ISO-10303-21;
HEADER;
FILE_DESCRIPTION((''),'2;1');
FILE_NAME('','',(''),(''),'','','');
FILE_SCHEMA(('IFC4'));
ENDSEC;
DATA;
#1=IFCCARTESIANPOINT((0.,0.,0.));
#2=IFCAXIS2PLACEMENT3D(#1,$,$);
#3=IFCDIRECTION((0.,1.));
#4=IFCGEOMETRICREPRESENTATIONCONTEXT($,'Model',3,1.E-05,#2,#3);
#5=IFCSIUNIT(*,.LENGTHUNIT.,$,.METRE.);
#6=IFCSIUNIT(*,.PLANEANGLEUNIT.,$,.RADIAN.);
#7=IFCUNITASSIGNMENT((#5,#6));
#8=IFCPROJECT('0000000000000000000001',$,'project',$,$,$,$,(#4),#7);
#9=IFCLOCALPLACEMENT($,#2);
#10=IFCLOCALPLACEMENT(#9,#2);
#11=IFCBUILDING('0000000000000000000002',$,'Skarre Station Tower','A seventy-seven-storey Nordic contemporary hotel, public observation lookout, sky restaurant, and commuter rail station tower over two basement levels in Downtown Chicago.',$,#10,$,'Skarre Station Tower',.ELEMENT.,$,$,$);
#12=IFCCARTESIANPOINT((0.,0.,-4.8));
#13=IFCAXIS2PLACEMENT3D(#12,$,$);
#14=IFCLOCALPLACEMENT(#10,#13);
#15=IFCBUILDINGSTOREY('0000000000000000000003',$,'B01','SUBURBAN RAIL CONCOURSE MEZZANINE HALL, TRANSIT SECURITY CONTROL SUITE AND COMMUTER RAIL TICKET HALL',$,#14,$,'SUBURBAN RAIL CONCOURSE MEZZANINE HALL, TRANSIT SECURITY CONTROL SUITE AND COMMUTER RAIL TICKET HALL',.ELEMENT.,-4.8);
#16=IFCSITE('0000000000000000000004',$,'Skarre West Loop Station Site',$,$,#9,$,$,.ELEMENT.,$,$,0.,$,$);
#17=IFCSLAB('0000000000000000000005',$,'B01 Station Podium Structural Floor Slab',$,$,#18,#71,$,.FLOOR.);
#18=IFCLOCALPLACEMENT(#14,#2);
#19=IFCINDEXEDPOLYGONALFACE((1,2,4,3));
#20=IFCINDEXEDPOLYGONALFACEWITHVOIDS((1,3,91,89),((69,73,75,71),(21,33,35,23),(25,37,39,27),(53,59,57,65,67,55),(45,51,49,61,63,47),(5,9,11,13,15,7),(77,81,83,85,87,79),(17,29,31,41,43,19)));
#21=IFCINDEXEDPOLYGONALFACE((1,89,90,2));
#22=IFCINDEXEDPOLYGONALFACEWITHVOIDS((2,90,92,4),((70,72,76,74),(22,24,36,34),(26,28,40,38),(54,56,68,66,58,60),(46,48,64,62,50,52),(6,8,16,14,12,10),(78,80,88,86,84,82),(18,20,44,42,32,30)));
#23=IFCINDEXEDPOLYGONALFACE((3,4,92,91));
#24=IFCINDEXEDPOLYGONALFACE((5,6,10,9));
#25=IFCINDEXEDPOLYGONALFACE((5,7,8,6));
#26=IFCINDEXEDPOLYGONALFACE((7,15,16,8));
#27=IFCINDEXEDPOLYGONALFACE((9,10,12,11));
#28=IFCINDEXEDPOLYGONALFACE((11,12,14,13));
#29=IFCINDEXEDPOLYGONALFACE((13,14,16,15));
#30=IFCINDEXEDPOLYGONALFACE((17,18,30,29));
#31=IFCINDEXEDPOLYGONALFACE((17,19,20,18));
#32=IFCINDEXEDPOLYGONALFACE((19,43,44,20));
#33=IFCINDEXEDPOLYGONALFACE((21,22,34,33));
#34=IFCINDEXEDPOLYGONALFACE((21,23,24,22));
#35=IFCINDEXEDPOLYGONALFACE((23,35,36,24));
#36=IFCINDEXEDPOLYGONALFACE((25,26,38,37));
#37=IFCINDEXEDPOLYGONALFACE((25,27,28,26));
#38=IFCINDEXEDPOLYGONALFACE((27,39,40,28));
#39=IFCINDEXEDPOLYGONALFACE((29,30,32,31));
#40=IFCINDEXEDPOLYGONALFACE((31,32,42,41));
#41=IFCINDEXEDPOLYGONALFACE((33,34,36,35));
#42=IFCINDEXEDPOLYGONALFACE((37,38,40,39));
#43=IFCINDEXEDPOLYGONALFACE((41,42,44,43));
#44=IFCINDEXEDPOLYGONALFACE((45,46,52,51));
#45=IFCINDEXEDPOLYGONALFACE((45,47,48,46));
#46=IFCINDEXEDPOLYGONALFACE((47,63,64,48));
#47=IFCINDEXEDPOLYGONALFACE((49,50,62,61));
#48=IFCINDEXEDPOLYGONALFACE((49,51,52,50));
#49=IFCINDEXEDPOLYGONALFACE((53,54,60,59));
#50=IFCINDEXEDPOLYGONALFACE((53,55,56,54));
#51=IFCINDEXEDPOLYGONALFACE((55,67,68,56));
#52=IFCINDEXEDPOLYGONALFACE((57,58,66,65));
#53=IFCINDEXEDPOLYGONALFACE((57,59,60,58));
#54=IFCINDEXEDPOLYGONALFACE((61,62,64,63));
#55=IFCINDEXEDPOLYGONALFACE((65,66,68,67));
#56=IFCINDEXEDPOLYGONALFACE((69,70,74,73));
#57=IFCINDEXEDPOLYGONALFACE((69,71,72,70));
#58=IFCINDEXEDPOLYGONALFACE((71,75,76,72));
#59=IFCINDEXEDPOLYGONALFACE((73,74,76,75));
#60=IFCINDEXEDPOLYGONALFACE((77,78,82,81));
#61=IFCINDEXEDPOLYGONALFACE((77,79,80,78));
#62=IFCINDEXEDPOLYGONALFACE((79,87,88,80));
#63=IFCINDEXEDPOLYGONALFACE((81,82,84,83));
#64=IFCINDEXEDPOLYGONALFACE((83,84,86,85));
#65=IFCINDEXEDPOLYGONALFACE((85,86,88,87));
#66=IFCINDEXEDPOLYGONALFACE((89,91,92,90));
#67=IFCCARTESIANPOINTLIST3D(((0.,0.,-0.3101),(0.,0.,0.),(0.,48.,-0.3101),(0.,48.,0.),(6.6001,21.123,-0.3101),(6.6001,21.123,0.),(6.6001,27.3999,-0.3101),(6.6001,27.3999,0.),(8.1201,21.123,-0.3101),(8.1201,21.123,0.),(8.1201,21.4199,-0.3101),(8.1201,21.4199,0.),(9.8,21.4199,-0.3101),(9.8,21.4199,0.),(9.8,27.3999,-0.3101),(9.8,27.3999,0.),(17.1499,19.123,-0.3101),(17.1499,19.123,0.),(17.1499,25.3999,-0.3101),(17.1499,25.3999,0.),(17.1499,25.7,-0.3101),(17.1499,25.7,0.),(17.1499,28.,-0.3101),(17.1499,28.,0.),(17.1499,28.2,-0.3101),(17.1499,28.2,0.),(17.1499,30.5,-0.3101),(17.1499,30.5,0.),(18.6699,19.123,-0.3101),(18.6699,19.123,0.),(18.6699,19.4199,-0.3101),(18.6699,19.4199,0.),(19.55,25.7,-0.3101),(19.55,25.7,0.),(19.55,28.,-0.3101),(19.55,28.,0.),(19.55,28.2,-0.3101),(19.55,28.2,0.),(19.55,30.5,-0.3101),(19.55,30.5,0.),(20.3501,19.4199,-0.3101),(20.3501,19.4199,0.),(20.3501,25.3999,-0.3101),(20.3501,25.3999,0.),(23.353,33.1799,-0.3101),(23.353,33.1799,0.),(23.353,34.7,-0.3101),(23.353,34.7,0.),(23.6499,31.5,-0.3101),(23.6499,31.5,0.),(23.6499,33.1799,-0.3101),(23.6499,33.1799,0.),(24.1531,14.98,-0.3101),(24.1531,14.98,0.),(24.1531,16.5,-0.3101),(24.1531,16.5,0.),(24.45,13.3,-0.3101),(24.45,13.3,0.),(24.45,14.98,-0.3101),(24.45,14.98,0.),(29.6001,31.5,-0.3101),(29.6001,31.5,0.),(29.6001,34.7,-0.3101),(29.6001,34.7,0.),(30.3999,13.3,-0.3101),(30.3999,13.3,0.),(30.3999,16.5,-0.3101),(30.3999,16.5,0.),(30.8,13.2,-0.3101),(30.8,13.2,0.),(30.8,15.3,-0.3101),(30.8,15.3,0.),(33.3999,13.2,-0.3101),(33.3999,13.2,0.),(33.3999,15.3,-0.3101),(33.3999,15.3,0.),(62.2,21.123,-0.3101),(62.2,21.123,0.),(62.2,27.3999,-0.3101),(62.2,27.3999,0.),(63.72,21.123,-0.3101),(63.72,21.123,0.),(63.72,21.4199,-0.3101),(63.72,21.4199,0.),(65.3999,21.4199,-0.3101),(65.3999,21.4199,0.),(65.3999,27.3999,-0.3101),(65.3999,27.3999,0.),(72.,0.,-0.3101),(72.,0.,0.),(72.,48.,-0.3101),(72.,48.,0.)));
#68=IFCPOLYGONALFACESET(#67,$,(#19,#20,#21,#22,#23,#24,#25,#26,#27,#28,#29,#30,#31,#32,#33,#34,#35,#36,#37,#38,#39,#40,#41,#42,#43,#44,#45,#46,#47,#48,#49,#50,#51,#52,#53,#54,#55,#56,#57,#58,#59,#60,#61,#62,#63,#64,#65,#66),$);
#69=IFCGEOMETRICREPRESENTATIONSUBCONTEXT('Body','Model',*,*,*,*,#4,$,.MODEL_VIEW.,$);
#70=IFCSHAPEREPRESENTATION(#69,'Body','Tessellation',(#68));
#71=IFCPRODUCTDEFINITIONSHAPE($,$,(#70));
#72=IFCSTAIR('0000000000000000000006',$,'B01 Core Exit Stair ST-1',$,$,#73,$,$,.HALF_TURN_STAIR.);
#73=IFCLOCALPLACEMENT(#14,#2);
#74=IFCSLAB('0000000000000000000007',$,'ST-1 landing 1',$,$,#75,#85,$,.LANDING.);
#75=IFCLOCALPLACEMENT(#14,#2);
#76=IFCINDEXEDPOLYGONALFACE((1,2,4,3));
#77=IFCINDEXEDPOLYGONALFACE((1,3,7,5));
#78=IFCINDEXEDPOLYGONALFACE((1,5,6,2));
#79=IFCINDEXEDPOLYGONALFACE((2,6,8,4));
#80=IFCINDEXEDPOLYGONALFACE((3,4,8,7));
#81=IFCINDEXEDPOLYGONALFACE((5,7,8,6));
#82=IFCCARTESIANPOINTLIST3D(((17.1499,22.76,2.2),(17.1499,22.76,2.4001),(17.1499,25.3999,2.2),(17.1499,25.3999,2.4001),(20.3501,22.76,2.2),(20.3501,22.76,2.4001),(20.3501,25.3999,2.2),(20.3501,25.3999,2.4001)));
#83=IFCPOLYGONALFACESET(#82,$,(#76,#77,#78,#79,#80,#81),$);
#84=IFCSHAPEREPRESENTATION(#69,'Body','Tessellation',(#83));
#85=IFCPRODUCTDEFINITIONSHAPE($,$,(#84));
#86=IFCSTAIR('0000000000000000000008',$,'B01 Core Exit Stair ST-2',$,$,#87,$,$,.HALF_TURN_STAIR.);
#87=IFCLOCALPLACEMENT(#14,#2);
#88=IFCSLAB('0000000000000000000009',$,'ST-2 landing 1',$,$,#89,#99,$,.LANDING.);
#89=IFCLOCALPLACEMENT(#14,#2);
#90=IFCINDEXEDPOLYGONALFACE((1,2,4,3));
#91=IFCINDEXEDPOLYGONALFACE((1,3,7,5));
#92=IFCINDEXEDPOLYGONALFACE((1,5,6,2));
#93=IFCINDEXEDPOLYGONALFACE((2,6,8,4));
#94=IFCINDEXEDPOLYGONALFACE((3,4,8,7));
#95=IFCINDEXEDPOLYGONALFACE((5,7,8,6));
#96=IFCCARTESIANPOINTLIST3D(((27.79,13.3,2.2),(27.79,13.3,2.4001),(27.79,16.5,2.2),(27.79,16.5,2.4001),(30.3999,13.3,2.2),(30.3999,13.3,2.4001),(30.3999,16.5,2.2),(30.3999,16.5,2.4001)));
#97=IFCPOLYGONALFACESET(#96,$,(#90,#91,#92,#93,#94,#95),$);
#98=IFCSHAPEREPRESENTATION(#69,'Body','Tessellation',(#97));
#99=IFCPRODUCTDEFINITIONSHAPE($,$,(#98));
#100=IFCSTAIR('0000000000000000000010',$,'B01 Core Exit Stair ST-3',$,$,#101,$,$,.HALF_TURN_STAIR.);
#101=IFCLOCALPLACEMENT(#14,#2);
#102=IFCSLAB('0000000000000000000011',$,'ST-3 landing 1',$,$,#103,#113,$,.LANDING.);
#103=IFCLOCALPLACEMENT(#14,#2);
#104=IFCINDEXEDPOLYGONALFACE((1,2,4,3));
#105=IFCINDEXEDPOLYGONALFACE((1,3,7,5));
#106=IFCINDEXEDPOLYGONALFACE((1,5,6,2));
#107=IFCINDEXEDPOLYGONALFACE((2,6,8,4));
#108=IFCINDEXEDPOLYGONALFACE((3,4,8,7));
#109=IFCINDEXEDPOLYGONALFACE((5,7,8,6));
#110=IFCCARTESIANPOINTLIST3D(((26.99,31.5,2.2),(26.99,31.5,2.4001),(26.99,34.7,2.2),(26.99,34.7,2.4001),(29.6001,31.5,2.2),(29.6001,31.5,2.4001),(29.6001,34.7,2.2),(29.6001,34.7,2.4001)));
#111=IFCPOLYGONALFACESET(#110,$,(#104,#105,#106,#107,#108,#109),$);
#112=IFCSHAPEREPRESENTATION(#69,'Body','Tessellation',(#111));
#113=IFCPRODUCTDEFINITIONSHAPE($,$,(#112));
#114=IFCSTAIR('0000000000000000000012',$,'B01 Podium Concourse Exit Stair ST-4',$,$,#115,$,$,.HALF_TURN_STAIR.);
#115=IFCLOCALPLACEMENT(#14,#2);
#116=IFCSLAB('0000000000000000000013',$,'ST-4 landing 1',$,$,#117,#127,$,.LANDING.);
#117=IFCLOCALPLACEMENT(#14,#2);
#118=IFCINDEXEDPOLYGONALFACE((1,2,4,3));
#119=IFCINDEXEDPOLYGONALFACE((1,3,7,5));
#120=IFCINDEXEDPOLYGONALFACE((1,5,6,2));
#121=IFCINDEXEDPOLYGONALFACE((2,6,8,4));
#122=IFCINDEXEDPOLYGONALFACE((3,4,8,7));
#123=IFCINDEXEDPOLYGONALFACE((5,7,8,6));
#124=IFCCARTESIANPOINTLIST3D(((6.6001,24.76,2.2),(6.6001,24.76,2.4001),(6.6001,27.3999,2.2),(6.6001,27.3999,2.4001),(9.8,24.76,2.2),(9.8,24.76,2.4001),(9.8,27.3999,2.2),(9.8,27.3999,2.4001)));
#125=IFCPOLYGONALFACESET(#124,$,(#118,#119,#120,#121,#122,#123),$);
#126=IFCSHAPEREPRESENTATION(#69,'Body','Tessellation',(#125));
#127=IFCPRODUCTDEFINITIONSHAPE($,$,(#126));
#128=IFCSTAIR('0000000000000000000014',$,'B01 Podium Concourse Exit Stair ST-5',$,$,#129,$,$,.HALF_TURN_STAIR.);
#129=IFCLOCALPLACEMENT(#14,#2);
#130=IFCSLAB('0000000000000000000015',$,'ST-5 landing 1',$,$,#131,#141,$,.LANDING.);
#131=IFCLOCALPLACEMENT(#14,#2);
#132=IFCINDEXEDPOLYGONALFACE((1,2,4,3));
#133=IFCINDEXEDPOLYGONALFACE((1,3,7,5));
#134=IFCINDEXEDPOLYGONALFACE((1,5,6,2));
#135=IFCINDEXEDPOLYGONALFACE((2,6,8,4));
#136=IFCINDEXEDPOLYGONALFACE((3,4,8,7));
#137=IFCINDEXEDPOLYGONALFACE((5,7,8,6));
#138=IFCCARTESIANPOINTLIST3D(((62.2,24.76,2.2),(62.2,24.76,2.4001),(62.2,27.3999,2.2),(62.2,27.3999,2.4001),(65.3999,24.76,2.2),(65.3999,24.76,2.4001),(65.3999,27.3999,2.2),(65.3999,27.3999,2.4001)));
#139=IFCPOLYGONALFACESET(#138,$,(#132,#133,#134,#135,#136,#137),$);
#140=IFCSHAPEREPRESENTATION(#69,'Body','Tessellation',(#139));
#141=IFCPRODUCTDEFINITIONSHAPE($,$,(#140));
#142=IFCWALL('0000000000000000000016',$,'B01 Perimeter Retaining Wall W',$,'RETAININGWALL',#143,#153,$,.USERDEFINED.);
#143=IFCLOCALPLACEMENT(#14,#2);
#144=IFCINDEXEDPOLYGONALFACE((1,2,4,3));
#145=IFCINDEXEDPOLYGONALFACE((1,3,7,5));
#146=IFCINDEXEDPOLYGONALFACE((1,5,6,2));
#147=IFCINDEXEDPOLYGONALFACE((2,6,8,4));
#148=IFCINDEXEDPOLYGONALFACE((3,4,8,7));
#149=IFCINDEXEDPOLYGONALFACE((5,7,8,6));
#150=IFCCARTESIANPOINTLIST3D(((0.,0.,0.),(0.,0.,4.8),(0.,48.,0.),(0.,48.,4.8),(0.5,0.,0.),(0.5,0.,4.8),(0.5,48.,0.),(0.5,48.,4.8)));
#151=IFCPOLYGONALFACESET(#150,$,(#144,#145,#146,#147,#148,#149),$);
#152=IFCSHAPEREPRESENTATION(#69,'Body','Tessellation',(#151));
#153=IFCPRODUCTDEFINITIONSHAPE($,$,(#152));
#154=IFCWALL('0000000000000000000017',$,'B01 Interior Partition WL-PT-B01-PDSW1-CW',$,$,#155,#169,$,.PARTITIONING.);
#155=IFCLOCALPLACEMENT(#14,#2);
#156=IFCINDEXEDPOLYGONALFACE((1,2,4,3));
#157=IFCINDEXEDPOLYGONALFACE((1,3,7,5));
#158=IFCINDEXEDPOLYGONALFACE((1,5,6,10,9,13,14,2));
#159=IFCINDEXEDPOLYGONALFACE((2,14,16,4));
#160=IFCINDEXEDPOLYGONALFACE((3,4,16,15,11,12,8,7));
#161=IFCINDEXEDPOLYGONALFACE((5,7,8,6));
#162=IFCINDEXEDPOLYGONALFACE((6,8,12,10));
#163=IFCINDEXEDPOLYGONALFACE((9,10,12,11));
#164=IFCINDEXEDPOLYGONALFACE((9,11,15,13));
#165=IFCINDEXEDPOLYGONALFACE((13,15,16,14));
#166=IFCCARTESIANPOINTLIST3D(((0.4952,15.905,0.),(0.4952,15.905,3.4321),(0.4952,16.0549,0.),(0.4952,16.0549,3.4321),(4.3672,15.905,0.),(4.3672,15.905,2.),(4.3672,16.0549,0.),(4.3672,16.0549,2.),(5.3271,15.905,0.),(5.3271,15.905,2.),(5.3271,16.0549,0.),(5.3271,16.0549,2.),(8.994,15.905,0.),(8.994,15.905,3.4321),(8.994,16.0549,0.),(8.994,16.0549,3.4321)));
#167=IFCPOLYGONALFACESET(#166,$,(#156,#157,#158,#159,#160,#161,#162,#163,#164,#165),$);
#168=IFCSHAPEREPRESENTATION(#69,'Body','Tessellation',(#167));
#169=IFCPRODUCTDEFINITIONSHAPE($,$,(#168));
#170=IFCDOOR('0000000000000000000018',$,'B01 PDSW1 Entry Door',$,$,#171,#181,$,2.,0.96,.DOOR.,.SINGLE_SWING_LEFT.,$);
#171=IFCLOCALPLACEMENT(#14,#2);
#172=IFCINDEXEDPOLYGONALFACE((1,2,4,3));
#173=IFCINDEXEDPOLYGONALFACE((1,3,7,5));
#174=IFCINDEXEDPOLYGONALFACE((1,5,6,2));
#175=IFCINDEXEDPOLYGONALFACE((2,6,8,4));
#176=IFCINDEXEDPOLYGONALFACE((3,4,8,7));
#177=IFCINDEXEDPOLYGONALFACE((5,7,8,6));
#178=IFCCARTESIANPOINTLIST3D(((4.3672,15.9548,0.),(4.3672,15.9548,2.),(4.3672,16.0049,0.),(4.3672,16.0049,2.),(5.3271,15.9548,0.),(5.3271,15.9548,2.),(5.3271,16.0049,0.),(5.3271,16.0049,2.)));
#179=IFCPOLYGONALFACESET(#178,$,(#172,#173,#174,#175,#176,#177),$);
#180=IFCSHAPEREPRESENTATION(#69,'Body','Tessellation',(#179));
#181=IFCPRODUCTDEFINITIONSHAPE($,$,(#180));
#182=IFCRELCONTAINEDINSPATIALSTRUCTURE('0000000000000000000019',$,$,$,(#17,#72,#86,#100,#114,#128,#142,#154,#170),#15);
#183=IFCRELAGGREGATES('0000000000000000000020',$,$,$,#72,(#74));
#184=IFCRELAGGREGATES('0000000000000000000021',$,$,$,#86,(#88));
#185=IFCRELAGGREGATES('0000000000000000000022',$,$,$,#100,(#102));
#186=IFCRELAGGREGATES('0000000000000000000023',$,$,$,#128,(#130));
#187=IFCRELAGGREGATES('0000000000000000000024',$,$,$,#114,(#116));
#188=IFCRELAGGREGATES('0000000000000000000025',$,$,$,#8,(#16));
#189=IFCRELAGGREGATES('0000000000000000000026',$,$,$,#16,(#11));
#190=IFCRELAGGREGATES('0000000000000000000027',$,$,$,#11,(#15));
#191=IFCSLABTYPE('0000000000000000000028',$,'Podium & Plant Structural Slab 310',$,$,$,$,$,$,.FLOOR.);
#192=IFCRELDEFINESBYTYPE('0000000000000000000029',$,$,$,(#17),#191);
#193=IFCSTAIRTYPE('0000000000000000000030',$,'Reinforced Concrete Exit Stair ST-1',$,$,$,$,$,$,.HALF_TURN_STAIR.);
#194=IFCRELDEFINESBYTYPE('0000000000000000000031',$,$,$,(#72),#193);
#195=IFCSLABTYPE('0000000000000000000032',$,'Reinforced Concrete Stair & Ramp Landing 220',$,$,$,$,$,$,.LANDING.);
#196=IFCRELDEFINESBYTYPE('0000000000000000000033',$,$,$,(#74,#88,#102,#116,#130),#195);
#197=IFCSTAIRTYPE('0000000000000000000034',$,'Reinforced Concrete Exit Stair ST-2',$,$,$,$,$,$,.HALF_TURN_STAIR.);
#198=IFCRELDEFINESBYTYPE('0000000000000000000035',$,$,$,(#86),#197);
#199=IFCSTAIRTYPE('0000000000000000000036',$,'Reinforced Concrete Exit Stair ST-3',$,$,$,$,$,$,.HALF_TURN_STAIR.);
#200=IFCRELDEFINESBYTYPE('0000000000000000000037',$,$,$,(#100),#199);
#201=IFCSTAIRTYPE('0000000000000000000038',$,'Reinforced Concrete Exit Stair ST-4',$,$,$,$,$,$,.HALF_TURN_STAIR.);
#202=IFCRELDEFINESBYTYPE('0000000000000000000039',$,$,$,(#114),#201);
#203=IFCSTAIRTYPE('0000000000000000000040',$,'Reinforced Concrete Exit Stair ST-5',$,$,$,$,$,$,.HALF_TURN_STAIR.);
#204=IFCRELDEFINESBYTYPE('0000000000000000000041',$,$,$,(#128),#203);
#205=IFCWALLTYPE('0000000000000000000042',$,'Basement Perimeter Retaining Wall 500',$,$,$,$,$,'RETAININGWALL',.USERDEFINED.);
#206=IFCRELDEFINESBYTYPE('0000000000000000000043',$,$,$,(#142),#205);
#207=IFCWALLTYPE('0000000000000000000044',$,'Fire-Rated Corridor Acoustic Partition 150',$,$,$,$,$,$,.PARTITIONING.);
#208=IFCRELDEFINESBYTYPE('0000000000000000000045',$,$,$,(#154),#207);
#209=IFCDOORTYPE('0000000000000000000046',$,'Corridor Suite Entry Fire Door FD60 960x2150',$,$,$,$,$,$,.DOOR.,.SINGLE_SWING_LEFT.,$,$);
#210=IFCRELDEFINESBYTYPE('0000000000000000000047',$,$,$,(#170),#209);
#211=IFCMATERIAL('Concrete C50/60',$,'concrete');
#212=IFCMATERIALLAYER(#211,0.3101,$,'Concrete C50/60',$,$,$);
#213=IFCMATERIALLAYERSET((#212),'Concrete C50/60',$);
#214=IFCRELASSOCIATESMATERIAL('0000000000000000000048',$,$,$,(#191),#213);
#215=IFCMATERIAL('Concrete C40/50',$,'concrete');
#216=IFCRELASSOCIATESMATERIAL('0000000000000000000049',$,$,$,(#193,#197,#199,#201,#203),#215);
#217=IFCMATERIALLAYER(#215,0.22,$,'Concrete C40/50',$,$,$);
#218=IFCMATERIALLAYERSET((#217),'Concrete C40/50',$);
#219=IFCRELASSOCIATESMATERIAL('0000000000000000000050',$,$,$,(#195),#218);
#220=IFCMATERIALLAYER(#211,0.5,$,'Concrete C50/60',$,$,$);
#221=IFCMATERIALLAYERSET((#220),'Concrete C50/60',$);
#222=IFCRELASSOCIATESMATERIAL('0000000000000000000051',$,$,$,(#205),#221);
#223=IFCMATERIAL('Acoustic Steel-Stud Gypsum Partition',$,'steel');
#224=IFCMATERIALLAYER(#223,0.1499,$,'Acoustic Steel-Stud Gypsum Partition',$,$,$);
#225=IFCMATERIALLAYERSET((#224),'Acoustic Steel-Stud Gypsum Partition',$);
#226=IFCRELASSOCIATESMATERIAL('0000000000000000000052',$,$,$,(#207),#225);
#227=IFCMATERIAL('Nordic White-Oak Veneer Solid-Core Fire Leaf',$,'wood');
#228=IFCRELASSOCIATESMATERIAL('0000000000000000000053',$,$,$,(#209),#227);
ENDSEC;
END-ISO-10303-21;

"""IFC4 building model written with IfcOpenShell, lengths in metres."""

from ifc_helpers import new_model, si_unit, direction, frame, frame_2d, origin, place, context, subcontext, project, spatial, polyline, rectangle, outline, extrude, material, layer, layer_set, type_object, element, fill, aggregate, save


model = new_model("IFC4")

# Units and contexts
model_context = context("Model", 3, precision=1e-05, world=origin(), true_north=direction((0.0, 1.0)))
body_context = subcontext(model_context, "Body", "Model", "MODEL_VIEW")
ifc_project = project(units=[si_unit("LENGTHUNIT", "METRE"), si_unit("PLANEANGLEUNIT", "RADIAN")], contexts=[model_context])

# Site, building, storey
site_placement = place(None, origin())
site = spatial("IfcSite", under=ifc_project, at=site_placement, Name="Skarre West Loop Station Site", CompositionType="ELEMENT", RefElevation=0.0)
building_placement = place(site_placement, origin())
building = spatial("IfcBuilding", under=site, at=building_placement, Name="Skarre Station Tower", Description="A seventy-seven-storey Nordic contemporary hotel, public observation lookout, sky restaurant, and commuter rail station tower over two basement levels in Downtown Chicago.", LongName="Skarre Station Tower", CompositionType="ELEMENT")
storey_placement = place(building_placement, frame((0.0, 0.0, -4.8)))
storey = spatial("IfcBuildingStorey", under=building, at=storey_placement, Name="B01", Description="SUBURBAN RAIL CONCOURSE MEZZANINE HALL, TRANSIT SECURITY CONTROL SUITE AND COMMUTER RAIL TICKET HALL", LongName="SUBURBAN RAIL CONCOURSE MEZZANINE HALL, TRANSIT SECURITY CONTROL SUITE AND COMMUTER RAIL TICKET HALL", CompositionType="ELEMENT", Elevation=-4.8)

# Slab
ifc_material_1 = material(Name="Concrete C50/60", Category="concrete")
ifc_layer_1 = layer(ifc_material_1, 0.3101, Name="Concrete C50/60")
ifc_layer_set_1 = layer_set([ifc_layer_1], Name="Concrete C50/60")
slab_type_1 = type_object("IfcSlabType", Name="Podium & Plant Structural Slab 310", PredefinedType="FLOOR", material=ifc_layer_set_1)
slab_1_placement = place(storey_placement, frame((0.0, 0.0, -0.3101)))
element("IfcSlab", 1, at=slab_1_placement, inside=storey, type_object=slab_type_1, Name="B01 Station Podium Structural Floor Slab", PredefinedType="FLOOR", context=body_context, shape_type="SweptSolid", body=[
    extrude(outline(polyline([(0.0, 0.0), (72.0, 0.0), (72.0, 48.0), (0.0, 48.0), (0.0, 0.0)]), holes=[polyline([(18.6699, 19.4199), (18.6699, 19.123), (17.1499, 19.123), (17.1499, 25.3999), (20.3501, 25.3999), (20.3501, 19.4199), (18.6699, 19.4199)]), polyline([(24.45, 14.98), (24.1531, 14.98), (24.1531, 16.5), (30.3999, 16.5), (30.3999, 13.3), (24.45, 13.3), (24.45, 14.98)]), polyline([(23.6499, 33.1799), (23.353, 33.1799), (23.353, 34.7), (29.6001, 34.7), (29.6001, 31.5), (23.6499, 31.5), (23.6499, 33.1799)]), polyline([(8.1201, 21.4199), (8.1201, 21.123), (6.6001, 21.123), (6.6001, 27.3999), (9.8, 27.3999), (9.8, 21.4199), (8.1201, 21.4199)]), polyline([(63.72, 21.4199), (63.72, 21.123), (62.2, 21.123), (62.2, 27.3999), (65.3999, 27.3999), (65.3999, 21.4199), (63.72, 21.4199)]), polyline([(17.1499, 28.0), (19.55, 28.0), (19.55, 25.7), (17.1499, 25.7), (17.1499, 28.0)]), polyline([(17.1499, 30.5), (19.55, 30.5), (19.55, 28.2), (17.1499, 28.2), (17.1499, 30.5)]), polyline([(30.8, 15.3), (33.3999, 15.3), (33.3999, 13.2), (30.8, 13.2), (30.8, 15.3)])]), origin(), (0.0, 0.0, 1.0), 0.3101),
])

# Stairs, slabs
ifc_material_2 = material(Name="Concrete C40/50", Category="concrete")
stair_type_1 = type_object("IfcStairType", Name="Reinforced Concrete Exit Stair ST-1", PredefinedType="HALF_TURN_STAIR", material=ifc_material_2)
stair_1_placement = place(storey_placement, origin())
stair_1 = element("IfcStair", 2, at=stair_1_placement, inside=storey, type_object=stair_type_1, Name="B01 Core Exit Stair ST-1", PredefinedType="HALF_TURN_STAIR")
ifc_layer_2 = layer(ifc_material_2, 0.22, Name="Concrete C40/50")
ifc_layer_set_2 = layer_set([ifc_layer_2], Name="Concrete C40/50")
slab_type_2 = type_object("IfcSlabType", Name="Reinforced Concrete Stair & Ramp Landing 220", PredefinedType="LANDING", material=ifc_layer_set_2)
slab_2_placement = place(storey_placement, frame((0.0, 0.0, 2.2)))
slab_2 = element("IfcSlab", 3, at=slab_2_placement, type_object=slab_type_2, Name="ST-1 landing 1", PredefinedType="LANDING", context=body_context, shape_type="SweptSolid", body=[
    extrude(outline(polyline([(20.3501, 22.76), (20.3501, 25.3999), (17.1499, 25.3999), (17.1499, 22.76), (20.3501, 22.76)])), origin(), (0.0, 0.0, 1.0), 0.2002),
])
aggregate(stair_1, [slab_2])
stair_type_2 = type_object("IfcStairType", Name="Reinforced Concrete Exit Stair ST-2", PredefinedType="HALF_TURN_STAIR", material=ifc_material_2)
stair_2_placement = place(storey_placement, origin())
stair_2 = element("IfcStair", 4, at=stair_2_placement, inside=storey, type_object=stair_type_2, Name="B01 Core Exit Stair ST-2", PredefinedType="HALF_TURN_STAIR")
slab_3_placement = place(storey_placement, frame((0.0, 0.0, 2.2)))
slab_3 = element("IfcSlab", 5, at=slab_3_placement, type_object=slab_type_2, Name="ST-2 landing 1", PredefinedType="LANDING", context=body_context, shape_type="SweptSolid", body=[
    extrude(outline(polyline([(27.79, 13.3), (30.3999, 13.3), (30.3999, 16.5), (27.79, 16.5), (27.79, 13.3)])), origin(), (0.0, 0.0, 1.0), 0.2002),
])
aggregate(stair_2, [slab_3])
stair_type_3 = type_object("IfcStairType", Name="Reinforced Concrete Exit Stair ST-3", PredefinedType="HALF_TURN_STAIR", material=ifc_material_2)
stair_3_placement = place(storey_placement, origin())
stair_3 = element("IfcStair", 6, at=stair_3_placement, inside=storey, type_object=stair_type_3, Name="B01 Core Exit Stair ST-3", PredefinedType="HALF_TURN_STAIR")
slab_4_placement = place(storey_placement, frame((0.0, 0.0, 2.2)))
slab_4 = element("IfcSlab", 7, at=slab_4_placement, type_object=slab_type_2, Name="ST-3 landing 1", PredefinedType="LANDING", context=body_context, shape_type="SweptSolid", body=[
    extrude(outline(polyline([(26.99, 31.5), (29.6001, 31.5), (29.6001, 34.7), (26.99, 34.7), (26.99, 31.5)])), origin(), (0.0, 0.0, 1.0), 0.2002),
])
aggregate(stair_3, [slab_4])
stair_type_4 = type_object("IfcStairType", Name="Reinforced Concrete Exit Stair ST-4", PredefinedType="HALF_TURN_STAIR", material=ifc_material_2)
stair_4_placement = place(storey_placement, origin())
stair_4 = element("IfcStair", 8, at=stair_4_placement, inside=storey, type_object=stair_type_4, Name="B01 Podium Concourse Exit Stair ST-4", PredefinedType="HALF_TURN_STAIR")
slab_5_placement = place(storey_placement, frame((0.0, 0.0, 2.2)))
slab_5 = element("IfcSlab", 9, at=slab_5_placement, type_object=slab_type_2, Name="ST-4 landing 1", PredefinedType="LANDING", context=body_context, shape_type="SweptSolid", body=[
    extrude(outline(polyline([(9.8, 24.76), (9.8, 27.3999), (6.6001, 27.3999), (6.6001, 24.76), (9.8, 24.76)])), origin(), (0.0, 0.0, 1.0), 0.2002),
])
stair_type_5 = type_object("IfcStairType", Name="Reinforced Concrete Exit Stair ST-5", PredefinedType="HALF_TURN_STAIR", material=ifc_material_2)
stair_5_placement = place(storey_placement, origin())
stair_5 = element("IfcStair", 10, at=stair_5_placement, inside=storey, type_object=stair_type_5, Name="B01 Podium Concourse Exit Stair ST-5", PredefinedType="HALF_TURN_STAIR")
slab_6_placement = place(storey_placement, frame((0.0, 0.0, 2.2)))
slab_6 = element("IfcSlab", 11, at=slab_6_placement, type_object=slab_type_2, Name="ST-5 landing 1", PredefinedType="LANDING", context=body_context, shape_type="SweptSolid", body=[
    extrude(outline(polyline([(65.3999, 24.76), (65.3999, 27.3999), (62.2, 27.3999), (62.2, 24.76), (65.3999, 24.76)])), origin(), (0.0, 0.0, 1.0), 0.2002),
])
aggregate(stair_5, [slab_6])

# Wall
ifc_layer_3 = layer(ifc_material_1, 0.5, Name="Concrete C50/60")
ifc_layer_set_3 = layer_set([ifc_layer_3], Name="Concrete C50/60")
wall_type_1 = type_object("IfcWallType", Name="Basement Perimeter Retaining Wall 500", ElementType="RETAININGWALL", PredefinedType="USERDEFINED", material=ifc_layer_set_3)
wall_1_placement = place(storey_placement, frame((0.25, 0.0, 0.0), z_axis=(0.0, 0.0, 1.0), x_axis=(0.0, 1.0, 0.0)))
element("IfcWall", 12, at=wall_1_placement, inside=storey, type_object=wall_type_1, Name="B01 Perimeter Retaining Wall W", ObjectType="RETAININGWALL", PredefinedType="USERDEFINED", context=body_context, shape_type="SweptSolid", body=[
    extrude(rectangle(XDim=48.0, YDim=0.5, at=frame_2d((24.0, 0.0))), origin(), (0.0, 0.0, 1.0), 4.8),
])

# Wall, opening, door
ifc_material_3 = material(Name="Acoustic Steel-Stud Gypsum Partition", Category="steel")
ifc_layer_4 = layer(ifc_material_3, 0.1499, Name="Acoustic Steel-Stud Gypsum Partition")
ifc_layer_set_4 = layer_set([ifc_layer_4], Name="Acoustic Steel-Stud Gypsum Partition")
wall_type_2 = type_object("IfcWallType", Name="Fire-Rated Corridor Acoustic Partition 150", PredefinedType="PARTITIONING", material=ifc_layer_set_4)
wall_2_placement = place(storey_placement, frame((0.4951, 15.98, 0.0), z_axis=(0.0, 0.0, 1.0), x_axis=(1.0, 0.0, 0.0)))
wall_2 = element("IfcWall", 13, at=wall_2_placement, inside=storey, type_object=wall_type_2, Name="B01 Interior Partition WL-PT-B01-PDSW1-CW", PredefinedType="PARTITIONING", context=body_context, shape_type="SweptSolid", body=[
    extrude(rectangle(XDim=8.4988, YDim=0.1499, at=frame_2d((4.2495, 0.0))), origin(), (0.0, 0.0, 1.0), 3.4321),
])
opening_1_placement = place(wall_2_placement, frame((3.8721, 0.0, 0.0)))
opening_1 = element("IfcOpeningElement", 14, at=opening_1_placement, cuts=wall_2, PredefinedType="OPENING", context=body_context, shape_type="SweptSolid", body=[
    extrude(rectangle(XDim=0.96, YDim=2.0, at=frame_2d((0.48, 1.0))), frame((0.0, 0.085, 0.0), z_axis=(0.0, -1.0, 0.0), x_axis=(1.0, 0.0, 0.0)), (0.0, 0.0, 1.0), 0.1699),
])
ifc_material_4 = material(Name="Nordic White-Oak Veneer Solid-Core Fire Leaf", Category="wood")
door_type_1 = type_object("IfcDoorType", Name="Corridor Suite Entry Fire Door FD60 960x2150", OperationType="SINGLE_SWING_LEFT", PredefinedType="DOOR", material=ifc_material_4)
door_1_placement = place(opening_1_placement, origin())
door_1 = element("IfcDoor", 15, at=door_1_placement, inside=storey, type_object=door_type_1, Name="B01 PDSW1 Entry Door", OperationType="SINGLE_SWING_LEFT", OverallHeight=2.0, OverallWidth=0.96, PredefinedType="DOOR", context=body_context, shape_type="SweptSolid", body=[
    extrude(rectangle(XDim=0.96, YDim=2.0, at=frame_2d((0.48, 1.0))), frame((0.0, 0.0249, 0.0), z_axis=(0.0, -1.0, 0.0), x_axis=(1.0, 0.0, 0.0)), (0.0, 0.0, 1.0), 0.05),
])
fill(opening_1, door_1)

aggregate(stair_4, [slab_5])

save(model, "model.ifc")
